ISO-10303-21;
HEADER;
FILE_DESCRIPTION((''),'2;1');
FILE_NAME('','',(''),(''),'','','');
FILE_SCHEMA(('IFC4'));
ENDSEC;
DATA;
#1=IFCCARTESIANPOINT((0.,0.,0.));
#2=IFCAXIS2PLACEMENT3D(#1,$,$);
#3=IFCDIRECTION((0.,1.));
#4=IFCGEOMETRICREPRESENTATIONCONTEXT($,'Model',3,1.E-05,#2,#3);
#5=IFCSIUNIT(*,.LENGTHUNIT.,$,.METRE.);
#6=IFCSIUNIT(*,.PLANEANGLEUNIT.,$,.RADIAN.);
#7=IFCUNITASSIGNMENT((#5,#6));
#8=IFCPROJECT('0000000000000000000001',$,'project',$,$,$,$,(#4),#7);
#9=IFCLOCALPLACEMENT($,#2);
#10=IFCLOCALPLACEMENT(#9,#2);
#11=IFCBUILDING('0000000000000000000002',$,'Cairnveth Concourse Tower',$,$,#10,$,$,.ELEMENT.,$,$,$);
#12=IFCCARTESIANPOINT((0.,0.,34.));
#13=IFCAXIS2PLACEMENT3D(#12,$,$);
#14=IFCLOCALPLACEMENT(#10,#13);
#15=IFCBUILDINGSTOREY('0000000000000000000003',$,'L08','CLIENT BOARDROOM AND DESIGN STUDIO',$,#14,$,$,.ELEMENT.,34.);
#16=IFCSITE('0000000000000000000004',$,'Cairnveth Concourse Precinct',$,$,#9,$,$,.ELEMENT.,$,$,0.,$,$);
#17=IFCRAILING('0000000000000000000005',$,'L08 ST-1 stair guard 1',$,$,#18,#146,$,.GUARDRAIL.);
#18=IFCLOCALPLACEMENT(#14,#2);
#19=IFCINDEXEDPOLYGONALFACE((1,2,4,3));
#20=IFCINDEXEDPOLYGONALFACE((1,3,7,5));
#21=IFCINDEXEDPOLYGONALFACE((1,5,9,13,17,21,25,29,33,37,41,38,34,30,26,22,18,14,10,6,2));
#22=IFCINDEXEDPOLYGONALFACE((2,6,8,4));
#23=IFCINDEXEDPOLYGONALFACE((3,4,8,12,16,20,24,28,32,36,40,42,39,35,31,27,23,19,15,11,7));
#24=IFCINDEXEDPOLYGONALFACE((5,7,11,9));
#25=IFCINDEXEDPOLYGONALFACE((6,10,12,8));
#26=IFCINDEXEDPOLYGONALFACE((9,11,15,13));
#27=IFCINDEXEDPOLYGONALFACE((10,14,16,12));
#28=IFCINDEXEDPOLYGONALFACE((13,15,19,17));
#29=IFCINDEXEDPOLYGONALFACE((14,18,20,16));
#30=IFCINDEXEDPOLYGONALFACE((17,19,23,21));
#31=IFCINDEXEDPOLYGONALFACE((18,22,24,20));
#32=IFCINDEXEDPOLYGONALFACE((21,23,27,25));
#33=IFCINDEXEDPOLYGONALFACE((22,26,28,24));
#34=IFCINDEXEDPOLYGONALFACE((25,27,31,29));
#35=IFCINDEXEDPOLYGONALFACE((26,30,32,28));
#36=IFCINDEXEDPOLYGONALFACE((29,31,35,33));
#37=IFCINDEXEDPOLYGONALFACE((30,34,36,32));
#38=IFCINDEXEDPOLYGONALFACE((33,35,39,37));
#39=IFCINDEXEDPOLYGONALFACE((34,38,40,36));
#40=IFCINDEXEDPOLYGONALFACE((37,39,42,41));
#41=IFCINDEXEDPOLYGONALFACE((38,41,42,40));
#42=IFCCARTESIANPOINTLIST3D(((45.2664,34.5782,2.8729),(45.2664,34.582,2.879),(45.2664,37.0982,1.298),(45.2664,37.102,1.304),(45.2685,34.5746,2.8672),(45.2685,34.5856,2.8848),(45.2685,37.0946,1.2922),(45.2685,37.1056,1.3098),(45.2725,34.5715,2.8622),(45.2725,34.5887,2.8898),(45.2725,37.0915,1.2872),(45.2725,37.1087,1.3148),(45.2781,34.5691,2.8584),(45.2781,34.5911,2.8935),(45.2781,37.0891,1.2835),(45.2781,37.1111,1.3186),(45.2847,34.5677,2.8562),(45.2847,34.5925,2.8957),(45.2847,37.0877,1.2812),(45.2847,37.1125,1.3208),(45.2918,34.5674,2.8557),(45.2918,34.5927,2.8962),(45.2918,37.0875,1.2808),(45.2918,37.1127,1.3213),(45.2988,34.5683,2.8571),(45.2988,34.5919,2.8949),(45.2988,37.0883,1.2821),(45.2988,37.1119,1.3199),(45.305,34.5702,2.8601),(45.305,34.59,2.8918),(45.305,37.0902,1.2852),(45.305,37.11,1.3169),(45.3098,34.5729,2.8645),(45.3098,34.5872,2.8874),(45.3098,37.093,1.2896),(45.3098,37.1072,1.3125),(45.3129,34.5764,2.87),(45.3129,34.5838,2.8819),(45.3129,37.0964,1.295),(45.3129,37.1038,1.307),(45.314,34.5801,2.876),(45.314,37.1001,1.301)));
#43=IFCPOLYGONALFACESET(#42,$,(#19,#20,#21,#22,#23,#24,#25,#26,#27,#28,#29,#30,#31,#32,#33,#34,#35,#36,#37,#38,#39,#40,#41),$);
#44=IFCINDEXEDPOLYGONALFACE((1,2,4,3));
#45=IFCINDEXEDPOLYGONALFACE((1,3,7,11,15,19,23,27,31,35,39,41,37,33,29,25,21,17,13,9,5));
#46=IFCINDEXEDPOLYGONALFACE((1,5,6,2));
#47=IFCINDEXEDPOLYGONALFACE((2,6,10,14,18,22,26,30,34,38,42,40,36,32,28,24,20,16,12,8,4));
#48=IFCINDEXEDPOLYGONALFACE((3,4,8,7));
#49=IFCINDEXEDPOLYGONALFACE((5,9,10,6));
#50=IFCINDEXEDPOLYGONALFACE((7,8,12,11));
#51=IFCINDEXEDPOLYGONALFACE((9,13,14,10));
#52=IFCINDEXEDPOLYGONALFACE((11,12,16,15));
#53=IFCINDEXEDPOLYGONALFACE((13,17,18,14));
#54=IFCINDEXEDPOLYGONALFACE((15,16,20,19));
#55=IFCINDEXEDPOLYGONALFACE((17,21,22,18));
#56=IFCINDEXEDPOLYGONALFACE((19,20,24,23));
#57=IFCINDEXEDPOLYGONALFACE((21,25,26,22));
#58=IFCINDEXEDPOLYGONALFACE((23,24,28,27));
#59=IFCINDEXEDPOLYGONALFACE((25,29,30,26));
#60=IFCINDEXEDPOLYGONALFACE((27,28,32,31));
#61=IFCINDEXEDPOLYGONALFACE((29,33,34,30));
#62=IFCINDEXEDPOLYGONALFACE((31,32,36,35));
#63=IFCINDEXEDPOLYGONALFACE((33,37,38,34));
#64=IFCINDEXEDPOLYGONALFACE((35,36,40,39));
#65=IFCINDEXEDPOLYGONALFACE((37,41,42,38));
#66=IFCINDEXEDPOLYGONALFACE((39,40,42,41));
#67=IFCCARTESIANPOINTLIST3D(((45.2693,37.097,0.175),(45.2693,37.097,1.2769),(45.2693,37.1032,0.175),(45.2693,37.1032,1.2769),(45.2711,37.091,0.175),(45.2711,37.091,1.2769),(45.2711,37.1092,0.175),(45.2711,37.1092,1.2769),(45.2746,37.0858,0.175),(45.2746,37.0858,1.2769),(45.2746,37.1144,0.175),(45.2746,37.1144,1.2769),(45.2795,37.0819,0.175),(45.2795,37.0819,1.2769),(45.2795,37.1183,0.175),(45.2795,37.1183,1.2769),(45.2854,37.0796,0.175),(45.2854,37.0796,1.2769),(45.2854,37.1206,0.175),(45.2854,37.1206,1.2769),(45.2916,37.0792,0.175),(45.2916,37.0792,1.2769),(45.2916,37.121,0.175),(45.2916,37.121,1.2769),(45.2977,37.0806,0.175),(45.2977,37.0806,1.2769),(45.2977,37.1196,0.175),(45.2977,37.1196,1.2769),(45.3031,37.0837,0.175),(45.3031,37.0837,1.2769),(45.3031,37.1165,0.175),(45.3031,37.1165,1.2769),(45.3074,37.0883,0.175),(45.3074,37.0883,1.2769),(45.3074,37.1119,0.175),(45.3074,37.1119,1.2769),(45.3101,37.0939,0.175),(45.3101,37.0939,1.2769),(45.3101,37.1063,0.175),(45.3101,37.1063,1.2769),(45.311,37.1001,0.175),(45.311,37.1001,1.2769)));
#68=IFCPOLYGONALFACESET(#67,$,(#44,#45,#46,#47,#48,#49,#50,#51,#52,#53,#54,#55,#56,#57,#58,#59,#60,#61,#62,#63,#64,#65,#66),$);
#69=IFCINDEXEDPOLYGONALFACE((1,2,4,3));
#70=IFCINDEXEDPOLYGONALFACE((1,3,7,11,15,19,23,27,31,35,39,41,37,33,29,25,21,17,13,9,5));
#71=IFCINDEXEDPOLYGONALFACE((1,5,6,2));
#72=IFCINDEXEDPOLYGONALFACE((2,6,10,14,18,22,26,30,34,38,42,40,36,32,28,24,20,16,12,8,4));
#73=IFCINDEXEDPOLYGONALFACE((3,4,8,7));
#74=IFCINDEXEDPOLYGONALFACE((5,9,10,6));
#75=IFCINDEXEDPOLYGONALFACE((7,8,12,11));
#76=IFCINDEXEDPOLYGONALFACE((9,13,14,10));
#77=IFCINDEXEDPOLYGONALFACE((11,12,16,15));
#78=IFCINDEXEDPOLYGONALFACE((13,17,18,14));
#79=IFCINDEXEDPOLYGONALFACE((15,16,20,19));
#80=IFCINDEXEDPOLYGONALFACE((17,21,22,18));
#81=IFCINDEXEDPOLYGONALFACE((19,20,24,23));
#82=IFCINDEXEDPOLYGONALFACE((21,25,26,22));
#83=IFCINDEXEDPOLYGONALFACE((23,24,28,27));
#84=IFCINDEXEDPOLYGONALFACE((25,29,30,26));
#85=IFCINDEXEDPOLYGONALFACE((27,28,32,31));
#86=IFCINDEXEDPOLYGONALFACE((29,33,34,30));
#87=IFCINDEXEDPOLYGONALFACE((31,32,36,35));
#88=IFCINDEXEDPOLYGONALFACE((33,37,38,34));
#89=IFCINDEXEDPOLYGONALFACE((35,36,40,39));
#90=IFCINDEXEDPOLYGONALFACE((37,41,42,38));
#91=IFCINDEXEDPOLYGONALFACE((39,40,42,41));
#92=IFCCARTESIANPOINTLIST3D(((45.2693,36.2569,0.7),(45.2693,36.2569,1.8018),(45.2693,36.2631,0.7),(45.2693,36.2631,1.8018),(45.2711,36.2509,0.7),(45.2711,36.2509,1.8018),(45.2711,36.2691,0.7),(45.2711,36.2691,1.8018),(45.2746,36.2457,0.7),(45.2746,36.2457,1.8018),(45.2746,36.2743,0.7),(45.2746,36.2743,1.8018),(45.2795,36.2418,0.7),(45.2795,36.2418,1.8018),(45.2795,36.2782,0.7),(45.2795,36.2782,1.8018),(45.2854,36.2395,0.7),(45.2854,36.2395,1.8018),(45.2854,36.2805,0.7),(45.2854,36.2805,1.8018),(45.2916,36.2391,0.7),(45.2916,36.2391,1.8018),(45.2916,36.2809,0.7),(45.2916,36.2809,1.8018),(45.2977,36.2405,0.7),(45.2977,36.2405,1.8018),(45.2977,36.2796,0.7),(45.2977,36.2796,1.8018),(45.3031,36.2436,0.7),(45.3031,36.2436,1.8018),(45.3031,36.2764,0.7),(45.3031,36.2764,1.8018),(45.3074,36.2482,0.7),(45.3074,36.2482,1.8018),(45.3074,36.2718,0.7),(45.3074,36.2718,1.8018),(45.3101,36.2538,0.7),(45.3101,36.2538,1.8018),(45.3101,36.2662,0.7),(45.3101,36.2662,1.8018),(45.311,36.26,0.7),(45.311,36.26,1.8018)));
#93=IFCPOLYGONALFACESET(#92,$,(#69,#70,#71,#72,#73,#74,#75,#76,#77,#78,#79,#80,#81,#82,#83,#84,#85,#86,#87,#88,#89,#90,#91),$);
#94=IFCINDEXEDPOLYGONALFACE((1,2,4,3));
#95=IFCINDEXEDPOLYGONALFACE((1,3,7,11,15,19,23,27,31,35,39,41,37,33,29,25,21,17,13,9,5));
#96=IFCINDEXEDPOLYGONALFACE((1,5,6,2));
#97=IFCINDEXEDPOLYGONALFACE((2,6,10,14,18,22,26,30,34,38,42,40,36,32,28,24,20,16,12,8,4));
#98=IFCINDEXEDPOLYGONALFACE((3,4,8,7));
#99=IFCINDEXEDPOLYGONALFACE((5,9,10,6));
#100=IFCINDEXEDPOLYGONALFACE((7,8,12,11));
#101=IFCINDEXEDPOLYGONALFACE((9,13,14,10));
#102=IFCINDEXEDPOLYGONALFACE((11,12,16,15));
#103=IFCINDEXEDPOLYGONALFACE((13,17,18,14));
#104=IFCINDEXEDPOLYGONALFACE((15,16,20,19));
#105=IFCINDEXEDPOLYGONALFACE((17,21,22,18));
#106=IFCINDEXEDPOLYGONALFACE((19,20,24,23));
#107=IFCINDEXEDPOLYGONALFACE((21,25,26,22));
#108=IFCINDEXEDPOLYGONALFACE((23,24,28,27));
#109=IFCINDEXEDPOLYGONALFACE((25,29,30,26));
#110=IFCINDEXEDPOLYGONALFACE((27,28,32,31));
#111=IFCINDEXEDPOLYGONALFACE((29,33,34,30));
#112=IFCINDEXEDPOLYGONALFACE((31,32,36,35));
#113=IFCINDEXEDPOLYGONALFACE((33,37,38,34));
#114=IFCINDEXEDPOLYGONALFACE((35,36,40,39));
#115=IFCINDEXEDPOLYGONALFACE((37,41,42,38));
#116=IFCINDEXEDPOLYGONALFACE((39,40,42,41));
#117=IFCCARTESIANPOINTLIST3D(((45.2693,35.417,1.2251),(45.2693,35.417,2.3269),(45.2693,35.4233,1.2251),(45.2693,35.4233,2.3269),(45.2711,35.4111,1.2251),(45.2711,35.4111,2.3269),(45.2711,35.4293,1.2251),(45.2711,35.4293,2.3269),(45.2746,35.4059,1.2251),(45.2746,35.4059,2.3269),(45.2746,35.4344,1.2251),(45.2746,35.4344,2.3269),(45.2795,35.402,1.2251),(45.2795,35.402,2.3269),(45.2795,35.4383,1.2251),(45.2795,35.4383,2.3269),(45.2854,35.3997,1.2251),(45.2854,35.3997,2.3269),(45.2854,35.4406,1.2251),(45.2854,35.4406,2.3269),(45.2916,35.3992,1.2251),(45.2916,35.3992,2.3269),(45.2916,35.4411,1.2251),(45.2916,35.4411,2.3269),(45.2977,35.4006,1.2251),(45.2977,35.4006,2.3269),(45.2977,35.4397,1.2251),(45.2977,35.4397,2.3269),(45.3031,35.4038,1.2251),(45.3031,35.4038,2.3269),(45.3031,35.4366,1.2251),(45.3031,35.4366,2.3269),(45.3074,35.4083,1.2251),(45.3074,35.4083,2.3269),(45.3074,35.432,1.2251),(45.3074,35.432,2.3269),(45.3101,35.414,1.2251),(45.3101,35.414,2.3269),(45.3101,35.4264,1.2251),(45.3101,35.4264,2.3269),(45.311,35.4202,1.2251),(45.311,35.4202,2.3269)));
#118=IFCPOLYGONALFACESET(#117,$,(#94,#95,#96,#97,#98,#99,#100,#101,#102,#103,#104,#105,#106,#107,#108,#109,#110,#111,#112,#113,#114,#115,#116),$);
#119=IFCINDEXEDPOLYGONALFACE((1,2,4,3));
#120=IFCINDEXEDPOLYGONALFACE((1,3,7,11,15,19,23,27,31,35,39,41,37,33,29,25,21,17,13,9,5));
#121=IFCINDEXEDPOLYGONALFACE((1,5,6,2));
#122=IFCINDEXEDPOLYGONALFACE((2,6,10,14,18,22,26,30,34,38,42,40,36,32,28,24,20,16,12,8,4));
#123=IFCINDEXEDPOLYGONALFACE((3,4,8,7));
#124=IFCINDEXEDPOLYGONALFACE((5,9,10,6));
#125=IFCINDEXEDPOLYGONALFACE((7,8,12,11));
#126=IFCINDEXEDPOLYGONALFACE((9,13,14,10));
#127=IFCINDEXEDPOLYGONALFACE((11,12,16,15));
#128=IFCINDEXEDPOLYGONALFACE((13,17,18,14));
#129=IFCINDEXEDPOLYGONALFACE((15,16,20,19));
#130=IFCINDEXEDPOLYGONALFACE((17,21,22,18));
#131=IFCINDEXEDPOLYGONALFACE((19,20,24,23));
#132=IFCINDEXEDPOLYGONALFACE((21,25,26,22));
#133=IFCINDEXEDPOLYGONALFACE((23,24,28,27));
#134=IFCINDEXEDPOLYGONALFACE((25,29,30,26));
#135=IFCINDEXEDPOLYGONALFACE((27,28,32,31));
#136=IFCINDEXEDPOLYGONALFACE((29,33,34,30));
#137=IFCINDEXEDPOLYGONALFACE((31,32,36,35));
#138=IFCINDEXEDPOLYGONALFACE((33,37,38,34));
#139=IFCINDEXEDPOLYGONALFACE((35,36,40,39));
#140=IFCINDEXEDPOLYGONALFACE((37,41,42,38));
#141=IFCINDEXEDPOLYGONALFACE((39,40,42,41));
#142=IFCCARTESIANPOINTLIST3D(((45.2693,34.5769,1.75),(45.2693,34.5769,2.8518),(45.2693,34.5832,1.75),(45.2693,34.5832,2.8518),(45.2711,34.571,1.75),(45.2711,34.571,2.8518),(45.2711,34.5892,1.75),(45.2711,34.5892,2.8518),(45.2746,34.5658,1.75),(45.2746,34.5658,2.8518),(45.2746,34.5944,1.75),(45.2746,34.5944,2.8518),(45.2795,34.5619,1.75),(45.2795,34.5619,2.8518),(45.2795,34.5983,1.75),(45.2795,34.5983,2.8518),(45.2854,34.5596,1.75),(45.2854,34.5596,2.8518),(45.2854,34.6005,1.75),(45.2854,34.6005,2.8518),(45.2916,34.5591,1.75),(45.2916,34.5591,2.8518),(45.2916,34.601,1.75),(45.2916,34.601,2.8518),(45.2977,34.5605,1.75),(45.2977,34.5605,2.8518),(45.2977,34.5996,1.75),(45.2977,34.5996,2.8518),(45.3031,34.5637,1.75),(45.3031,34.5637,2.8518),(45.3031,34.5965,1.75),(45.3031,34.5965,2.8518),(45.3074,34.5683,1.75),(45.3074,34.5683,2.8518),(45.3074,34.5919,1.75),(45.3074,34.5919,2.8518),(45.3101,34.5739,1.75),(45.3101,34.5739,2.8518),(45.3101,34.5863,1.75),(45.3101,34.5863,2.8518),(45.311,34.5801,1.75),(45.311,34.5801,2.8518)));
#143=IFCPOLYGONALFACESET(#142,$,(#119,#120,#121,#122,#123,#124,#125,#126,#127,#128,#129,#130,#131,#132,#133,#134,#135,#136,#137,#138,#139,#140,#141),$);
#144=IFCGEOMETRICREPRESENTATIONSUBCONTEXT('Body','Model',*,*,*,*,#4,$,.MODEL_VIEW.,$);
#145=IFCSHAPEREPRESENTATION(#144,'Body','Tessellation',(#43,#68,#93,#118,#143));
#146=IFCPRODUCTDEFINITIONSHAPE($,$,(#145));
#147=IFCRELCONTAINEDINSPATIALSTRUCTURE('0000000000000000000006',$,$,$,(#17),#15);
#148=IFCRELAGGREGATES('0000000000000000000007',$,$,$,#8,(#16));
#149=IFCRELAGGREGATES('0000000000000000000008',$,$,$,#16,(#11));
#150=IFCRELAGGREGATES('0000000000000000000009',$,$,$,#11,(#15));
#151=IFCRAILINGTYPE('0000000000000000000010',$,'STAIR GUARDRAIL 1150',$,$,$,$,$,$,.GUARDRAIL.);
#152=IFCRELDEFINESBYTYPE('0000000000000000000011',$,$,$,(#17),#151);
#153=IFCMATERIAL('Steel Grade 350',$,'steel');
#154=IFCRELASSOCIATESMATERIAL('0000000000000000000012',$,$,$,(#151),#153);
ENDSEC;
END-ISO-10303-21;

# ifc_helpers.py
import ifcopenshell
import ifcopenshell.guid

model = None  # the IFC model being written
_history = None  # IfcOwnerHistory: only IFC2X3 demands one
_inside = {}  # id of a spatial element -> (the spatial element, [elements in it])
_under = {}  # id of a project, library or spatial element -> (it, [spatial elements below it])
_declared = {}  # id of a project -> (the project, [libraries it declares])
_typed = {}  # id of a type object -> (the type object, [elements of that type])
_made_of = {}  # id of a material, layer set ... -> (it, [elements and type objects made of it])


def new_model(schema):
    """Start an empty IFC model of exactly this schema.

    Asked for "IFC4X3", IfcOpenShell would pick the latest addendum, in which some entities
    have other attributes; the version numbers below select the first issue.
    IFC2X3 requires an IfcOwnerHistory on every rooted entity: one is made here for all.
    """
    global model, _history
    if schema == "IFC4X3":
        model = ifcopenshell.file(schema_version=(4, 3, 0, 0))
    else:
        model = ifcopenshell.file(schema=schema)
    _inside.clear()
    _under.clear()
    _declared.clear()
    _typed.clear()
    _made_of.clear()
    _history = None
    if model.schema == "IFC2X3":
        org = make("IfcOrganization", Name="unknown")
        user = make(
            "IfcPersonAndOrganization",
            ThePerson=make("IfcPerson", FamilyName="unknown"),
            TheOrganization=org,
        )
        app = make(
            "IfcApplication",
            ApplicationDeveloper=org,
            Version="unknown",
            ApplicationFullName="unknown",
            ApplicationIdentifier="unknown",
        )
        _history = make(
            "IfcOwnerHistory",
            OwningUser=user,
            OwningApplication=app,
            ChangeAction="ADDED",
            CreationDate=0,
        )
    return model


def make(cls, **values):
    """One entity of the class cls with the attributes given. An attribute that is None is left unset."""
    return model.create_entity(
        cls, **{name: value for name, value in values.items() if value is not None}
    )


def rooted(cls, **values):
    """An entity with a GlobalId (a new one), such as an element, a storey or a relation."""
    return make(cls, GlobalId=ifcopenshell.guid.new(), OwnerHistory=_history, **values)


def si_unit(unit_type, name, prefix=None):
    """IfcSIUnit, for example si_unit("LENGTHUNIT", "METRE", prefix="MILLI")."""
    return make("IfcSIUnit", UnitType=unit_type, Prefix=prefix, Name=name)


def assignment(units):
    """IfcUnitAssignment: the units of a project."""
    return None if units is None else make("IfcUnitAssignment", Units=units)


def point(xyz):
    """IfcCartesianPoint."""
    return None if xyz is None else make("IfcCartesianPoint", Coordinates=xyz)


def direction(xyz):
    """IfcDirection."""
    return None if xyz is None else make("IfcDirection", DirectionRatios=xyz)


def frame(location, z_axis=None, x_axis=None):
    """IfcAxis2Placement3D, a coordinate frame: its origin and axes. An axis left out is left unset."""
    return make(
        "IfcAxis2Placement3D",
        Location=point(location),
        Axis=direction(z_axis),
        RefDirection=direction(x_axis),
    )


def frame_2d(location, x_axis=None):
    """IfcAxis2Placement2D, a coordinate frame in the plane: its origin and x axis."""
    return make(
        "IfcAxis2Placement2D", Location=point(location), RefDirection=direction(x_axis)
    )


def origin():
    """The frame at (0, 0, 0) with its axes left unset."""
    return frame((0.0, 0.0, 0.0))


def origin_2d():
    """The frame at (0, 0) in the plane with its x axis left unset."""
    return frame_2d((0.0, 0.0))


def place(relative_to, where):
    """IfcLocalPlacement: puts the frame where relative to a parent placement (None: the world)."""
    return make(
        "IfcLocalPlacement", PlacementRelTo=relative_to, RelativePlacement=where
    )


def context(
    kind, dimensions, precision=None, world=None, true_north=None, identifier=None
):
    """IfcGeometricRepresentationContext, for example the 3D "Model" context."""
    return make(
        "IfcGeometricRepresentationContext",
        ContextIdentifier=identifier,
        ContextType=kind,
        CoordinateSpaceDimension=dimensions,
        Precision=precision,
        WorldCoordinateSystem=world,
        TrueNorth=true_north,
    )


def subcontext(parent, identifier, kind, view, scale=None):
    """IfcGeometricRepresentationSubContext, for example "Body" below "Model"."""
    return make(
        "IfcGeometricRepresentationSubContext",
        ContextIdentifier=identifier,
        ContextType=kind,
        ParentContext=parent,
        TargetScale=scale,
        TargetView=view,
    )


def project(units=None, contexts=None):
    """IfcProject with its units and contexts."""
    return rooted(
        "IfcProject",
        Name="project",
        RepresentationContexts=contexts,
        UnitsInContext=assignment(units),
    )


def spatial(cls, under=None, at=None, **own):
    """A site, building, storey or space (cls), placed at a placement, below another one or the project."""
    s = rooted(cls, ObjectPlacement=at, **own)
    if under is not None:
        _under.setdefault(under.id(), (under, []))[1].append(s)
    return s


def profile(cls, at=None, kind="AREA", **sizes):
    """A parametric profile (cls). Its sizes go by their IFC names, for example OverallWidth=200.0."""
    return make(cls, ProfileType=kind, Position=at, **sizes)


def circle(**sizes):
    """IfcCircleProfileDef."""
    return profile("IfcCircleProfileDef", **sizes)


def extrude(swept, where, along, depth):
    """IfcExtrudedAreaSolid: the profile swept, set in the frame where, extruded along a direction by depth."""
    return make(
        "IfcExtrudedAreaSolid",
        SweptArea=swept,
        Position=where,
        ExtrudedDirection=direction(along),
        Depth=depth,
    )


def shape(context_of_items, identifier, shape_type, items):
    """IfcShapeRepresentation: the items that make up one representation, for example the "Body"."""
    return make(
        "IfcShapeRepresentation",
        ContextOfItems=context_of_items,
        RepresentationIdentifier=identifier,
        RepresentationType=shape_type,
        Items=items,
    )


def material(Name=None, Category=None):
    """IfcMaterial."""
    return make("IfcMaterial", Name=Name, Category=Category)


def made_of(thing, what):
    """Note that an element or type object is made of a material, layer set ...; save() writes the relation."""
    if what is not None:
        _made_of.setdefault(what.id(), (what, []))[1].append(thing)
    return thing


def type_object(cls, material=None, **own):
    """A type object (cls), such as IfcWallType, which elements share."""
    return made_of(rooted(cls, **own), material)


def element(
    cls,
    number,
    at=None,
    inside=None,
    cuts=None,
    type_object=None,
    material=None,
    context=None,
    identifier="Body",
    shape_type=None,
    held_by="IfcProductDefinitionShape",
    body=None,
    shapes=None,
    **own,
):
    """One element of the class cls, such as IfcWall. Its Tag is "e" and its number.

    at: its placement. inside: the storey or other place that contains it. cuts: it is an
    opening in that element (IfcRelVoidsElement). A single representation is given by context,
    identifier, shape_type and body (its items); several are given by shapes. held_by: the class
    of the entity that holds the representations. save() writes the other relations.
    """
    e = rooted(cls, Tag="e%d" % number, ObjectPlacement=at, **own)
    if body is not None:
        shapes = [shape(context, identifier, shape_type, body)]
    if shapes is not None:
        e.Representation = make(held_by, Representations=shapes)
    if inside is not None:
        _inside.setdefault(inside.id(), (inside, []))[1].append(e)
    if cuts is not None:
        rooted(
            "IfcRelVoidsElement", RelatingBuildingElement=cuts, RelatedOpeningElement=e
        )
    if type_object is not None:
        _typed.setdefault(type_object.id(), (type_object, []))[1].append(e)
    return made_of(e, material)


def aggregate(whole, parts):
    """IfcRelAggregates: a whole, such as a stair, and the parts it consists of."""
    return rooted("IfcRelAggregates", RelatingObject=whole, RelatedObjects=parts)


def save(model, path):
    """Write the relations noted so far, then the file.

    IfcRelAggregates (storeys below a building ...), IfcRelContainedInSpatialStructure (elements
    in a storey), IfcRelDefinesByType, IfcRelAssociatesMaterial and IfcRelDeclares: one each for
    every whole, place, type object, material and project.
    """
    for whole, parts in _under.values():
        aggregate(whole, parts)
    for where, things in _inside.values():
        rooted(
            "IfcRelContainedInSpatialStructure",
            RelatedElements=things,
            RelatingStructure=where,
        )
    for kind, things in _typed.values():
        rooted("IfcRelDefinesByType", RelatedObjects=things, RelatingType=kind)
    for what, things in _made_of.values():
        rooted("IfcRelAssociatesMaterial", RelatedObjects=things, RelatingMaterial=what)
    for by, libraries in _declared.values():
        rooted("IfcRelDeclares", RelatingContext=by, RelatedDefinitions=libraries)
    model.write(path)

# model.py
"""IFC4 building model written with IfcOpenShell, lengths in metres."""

from ifc_helpers import new_model, si_unit, direction, frame, origin, origin_2d, place, context, subcontext, project, spatial, circle, extrude, material, type_object, element, save


model = new_model("IFC4")

# Units and contexts
model_context = context("Model", 3, precision=1e-05, world=origin(), true_north=direction((0.0, 1.0)))
body_context = subcontext(model_context, "Body", "Model", "MODEL_VIEW")
ifc_project = project(units=[si_unit("LENGTHUNIT", "METRE"), si_unit("PLANEANGLEUNIT", "RADIAN")], contexts=[model_context])

# Site, building, storey
site_placement = place(None, origin())
site = spatial("IfcSite", under=ifc_project, at=site_placement, Name="Cairnveth Concourse Precinct", CompositionType="ELEMENT", RefElevation=0.0)
building_placement = place(site_placement, origin())
building = spatial("IfcBuilding", under=site, at=building_placement, Name="Cairnveth Concourse Tower", CompositionType="ELEMENT")
storey_placement = place(building_placement, frame((0.0, 0.0, 34.0)))
storey = spatial("IfcBuildingStorey", under=building, at=storey_placement, Name="L08", Description="CLIENT BOARDROOM AND DESIGN STUDIO", CompositionType="ELEMENT", Elevation=34.0)

# Shared definitions
ifc_material_1 = material(Name="Steel Grade 350", Category="steel")

# Railing
railing_type_1 = type_object("IfcRailingType", Name="STAIR GUARDRAIL 1150", PredefinedType="GUARDRAIL", material=ifc_material_1)
railing_1_placement = place(storey_placement, frame((45.29, 37.1001, 0.175)))
element("IfcRailing", 1, at=railing_1_placement, inside=storey, type_object=railing_type_1, Name="L08 ST-1 stair guard 1", PredefinedType="GUARDRAIL", context=body_context, shape_type="SweptSolid", body=[
    extrude(circle(Radius=0.0239, at=origin_2d()), frame((0.0, 0.0, 1.126), z_axis=(0.0, -0.848008, 0.529984), x_axis=(1.0, 0.0, 0.0)), (0.0, 0.0, 1.0), 2.9717),
    extrude(circle(Radius=0.021, at=origin_2d()), origin(), (0.0, 0.0, 1.0), 1.1018),
    extrude(circle(Radius=0.021, at=origin_2d()), frame((0.0, -0.8401, 0.5249)), (0.0, 0.0, 1.0), 1.1018),
    extrude(circle(Radius=0.021, at=origin_2d()), frame((0.0, -1.6799, 1.05)), (0.0, 0.0, 1.0), 1.1018),
    extrude(circle(Radius=0.021, at=origin_2d()), frame((0.0, -2.52, 1.575)), (0.0, 0.0, 1.0), 1.1018),
])

save(model, "model.ifc")
